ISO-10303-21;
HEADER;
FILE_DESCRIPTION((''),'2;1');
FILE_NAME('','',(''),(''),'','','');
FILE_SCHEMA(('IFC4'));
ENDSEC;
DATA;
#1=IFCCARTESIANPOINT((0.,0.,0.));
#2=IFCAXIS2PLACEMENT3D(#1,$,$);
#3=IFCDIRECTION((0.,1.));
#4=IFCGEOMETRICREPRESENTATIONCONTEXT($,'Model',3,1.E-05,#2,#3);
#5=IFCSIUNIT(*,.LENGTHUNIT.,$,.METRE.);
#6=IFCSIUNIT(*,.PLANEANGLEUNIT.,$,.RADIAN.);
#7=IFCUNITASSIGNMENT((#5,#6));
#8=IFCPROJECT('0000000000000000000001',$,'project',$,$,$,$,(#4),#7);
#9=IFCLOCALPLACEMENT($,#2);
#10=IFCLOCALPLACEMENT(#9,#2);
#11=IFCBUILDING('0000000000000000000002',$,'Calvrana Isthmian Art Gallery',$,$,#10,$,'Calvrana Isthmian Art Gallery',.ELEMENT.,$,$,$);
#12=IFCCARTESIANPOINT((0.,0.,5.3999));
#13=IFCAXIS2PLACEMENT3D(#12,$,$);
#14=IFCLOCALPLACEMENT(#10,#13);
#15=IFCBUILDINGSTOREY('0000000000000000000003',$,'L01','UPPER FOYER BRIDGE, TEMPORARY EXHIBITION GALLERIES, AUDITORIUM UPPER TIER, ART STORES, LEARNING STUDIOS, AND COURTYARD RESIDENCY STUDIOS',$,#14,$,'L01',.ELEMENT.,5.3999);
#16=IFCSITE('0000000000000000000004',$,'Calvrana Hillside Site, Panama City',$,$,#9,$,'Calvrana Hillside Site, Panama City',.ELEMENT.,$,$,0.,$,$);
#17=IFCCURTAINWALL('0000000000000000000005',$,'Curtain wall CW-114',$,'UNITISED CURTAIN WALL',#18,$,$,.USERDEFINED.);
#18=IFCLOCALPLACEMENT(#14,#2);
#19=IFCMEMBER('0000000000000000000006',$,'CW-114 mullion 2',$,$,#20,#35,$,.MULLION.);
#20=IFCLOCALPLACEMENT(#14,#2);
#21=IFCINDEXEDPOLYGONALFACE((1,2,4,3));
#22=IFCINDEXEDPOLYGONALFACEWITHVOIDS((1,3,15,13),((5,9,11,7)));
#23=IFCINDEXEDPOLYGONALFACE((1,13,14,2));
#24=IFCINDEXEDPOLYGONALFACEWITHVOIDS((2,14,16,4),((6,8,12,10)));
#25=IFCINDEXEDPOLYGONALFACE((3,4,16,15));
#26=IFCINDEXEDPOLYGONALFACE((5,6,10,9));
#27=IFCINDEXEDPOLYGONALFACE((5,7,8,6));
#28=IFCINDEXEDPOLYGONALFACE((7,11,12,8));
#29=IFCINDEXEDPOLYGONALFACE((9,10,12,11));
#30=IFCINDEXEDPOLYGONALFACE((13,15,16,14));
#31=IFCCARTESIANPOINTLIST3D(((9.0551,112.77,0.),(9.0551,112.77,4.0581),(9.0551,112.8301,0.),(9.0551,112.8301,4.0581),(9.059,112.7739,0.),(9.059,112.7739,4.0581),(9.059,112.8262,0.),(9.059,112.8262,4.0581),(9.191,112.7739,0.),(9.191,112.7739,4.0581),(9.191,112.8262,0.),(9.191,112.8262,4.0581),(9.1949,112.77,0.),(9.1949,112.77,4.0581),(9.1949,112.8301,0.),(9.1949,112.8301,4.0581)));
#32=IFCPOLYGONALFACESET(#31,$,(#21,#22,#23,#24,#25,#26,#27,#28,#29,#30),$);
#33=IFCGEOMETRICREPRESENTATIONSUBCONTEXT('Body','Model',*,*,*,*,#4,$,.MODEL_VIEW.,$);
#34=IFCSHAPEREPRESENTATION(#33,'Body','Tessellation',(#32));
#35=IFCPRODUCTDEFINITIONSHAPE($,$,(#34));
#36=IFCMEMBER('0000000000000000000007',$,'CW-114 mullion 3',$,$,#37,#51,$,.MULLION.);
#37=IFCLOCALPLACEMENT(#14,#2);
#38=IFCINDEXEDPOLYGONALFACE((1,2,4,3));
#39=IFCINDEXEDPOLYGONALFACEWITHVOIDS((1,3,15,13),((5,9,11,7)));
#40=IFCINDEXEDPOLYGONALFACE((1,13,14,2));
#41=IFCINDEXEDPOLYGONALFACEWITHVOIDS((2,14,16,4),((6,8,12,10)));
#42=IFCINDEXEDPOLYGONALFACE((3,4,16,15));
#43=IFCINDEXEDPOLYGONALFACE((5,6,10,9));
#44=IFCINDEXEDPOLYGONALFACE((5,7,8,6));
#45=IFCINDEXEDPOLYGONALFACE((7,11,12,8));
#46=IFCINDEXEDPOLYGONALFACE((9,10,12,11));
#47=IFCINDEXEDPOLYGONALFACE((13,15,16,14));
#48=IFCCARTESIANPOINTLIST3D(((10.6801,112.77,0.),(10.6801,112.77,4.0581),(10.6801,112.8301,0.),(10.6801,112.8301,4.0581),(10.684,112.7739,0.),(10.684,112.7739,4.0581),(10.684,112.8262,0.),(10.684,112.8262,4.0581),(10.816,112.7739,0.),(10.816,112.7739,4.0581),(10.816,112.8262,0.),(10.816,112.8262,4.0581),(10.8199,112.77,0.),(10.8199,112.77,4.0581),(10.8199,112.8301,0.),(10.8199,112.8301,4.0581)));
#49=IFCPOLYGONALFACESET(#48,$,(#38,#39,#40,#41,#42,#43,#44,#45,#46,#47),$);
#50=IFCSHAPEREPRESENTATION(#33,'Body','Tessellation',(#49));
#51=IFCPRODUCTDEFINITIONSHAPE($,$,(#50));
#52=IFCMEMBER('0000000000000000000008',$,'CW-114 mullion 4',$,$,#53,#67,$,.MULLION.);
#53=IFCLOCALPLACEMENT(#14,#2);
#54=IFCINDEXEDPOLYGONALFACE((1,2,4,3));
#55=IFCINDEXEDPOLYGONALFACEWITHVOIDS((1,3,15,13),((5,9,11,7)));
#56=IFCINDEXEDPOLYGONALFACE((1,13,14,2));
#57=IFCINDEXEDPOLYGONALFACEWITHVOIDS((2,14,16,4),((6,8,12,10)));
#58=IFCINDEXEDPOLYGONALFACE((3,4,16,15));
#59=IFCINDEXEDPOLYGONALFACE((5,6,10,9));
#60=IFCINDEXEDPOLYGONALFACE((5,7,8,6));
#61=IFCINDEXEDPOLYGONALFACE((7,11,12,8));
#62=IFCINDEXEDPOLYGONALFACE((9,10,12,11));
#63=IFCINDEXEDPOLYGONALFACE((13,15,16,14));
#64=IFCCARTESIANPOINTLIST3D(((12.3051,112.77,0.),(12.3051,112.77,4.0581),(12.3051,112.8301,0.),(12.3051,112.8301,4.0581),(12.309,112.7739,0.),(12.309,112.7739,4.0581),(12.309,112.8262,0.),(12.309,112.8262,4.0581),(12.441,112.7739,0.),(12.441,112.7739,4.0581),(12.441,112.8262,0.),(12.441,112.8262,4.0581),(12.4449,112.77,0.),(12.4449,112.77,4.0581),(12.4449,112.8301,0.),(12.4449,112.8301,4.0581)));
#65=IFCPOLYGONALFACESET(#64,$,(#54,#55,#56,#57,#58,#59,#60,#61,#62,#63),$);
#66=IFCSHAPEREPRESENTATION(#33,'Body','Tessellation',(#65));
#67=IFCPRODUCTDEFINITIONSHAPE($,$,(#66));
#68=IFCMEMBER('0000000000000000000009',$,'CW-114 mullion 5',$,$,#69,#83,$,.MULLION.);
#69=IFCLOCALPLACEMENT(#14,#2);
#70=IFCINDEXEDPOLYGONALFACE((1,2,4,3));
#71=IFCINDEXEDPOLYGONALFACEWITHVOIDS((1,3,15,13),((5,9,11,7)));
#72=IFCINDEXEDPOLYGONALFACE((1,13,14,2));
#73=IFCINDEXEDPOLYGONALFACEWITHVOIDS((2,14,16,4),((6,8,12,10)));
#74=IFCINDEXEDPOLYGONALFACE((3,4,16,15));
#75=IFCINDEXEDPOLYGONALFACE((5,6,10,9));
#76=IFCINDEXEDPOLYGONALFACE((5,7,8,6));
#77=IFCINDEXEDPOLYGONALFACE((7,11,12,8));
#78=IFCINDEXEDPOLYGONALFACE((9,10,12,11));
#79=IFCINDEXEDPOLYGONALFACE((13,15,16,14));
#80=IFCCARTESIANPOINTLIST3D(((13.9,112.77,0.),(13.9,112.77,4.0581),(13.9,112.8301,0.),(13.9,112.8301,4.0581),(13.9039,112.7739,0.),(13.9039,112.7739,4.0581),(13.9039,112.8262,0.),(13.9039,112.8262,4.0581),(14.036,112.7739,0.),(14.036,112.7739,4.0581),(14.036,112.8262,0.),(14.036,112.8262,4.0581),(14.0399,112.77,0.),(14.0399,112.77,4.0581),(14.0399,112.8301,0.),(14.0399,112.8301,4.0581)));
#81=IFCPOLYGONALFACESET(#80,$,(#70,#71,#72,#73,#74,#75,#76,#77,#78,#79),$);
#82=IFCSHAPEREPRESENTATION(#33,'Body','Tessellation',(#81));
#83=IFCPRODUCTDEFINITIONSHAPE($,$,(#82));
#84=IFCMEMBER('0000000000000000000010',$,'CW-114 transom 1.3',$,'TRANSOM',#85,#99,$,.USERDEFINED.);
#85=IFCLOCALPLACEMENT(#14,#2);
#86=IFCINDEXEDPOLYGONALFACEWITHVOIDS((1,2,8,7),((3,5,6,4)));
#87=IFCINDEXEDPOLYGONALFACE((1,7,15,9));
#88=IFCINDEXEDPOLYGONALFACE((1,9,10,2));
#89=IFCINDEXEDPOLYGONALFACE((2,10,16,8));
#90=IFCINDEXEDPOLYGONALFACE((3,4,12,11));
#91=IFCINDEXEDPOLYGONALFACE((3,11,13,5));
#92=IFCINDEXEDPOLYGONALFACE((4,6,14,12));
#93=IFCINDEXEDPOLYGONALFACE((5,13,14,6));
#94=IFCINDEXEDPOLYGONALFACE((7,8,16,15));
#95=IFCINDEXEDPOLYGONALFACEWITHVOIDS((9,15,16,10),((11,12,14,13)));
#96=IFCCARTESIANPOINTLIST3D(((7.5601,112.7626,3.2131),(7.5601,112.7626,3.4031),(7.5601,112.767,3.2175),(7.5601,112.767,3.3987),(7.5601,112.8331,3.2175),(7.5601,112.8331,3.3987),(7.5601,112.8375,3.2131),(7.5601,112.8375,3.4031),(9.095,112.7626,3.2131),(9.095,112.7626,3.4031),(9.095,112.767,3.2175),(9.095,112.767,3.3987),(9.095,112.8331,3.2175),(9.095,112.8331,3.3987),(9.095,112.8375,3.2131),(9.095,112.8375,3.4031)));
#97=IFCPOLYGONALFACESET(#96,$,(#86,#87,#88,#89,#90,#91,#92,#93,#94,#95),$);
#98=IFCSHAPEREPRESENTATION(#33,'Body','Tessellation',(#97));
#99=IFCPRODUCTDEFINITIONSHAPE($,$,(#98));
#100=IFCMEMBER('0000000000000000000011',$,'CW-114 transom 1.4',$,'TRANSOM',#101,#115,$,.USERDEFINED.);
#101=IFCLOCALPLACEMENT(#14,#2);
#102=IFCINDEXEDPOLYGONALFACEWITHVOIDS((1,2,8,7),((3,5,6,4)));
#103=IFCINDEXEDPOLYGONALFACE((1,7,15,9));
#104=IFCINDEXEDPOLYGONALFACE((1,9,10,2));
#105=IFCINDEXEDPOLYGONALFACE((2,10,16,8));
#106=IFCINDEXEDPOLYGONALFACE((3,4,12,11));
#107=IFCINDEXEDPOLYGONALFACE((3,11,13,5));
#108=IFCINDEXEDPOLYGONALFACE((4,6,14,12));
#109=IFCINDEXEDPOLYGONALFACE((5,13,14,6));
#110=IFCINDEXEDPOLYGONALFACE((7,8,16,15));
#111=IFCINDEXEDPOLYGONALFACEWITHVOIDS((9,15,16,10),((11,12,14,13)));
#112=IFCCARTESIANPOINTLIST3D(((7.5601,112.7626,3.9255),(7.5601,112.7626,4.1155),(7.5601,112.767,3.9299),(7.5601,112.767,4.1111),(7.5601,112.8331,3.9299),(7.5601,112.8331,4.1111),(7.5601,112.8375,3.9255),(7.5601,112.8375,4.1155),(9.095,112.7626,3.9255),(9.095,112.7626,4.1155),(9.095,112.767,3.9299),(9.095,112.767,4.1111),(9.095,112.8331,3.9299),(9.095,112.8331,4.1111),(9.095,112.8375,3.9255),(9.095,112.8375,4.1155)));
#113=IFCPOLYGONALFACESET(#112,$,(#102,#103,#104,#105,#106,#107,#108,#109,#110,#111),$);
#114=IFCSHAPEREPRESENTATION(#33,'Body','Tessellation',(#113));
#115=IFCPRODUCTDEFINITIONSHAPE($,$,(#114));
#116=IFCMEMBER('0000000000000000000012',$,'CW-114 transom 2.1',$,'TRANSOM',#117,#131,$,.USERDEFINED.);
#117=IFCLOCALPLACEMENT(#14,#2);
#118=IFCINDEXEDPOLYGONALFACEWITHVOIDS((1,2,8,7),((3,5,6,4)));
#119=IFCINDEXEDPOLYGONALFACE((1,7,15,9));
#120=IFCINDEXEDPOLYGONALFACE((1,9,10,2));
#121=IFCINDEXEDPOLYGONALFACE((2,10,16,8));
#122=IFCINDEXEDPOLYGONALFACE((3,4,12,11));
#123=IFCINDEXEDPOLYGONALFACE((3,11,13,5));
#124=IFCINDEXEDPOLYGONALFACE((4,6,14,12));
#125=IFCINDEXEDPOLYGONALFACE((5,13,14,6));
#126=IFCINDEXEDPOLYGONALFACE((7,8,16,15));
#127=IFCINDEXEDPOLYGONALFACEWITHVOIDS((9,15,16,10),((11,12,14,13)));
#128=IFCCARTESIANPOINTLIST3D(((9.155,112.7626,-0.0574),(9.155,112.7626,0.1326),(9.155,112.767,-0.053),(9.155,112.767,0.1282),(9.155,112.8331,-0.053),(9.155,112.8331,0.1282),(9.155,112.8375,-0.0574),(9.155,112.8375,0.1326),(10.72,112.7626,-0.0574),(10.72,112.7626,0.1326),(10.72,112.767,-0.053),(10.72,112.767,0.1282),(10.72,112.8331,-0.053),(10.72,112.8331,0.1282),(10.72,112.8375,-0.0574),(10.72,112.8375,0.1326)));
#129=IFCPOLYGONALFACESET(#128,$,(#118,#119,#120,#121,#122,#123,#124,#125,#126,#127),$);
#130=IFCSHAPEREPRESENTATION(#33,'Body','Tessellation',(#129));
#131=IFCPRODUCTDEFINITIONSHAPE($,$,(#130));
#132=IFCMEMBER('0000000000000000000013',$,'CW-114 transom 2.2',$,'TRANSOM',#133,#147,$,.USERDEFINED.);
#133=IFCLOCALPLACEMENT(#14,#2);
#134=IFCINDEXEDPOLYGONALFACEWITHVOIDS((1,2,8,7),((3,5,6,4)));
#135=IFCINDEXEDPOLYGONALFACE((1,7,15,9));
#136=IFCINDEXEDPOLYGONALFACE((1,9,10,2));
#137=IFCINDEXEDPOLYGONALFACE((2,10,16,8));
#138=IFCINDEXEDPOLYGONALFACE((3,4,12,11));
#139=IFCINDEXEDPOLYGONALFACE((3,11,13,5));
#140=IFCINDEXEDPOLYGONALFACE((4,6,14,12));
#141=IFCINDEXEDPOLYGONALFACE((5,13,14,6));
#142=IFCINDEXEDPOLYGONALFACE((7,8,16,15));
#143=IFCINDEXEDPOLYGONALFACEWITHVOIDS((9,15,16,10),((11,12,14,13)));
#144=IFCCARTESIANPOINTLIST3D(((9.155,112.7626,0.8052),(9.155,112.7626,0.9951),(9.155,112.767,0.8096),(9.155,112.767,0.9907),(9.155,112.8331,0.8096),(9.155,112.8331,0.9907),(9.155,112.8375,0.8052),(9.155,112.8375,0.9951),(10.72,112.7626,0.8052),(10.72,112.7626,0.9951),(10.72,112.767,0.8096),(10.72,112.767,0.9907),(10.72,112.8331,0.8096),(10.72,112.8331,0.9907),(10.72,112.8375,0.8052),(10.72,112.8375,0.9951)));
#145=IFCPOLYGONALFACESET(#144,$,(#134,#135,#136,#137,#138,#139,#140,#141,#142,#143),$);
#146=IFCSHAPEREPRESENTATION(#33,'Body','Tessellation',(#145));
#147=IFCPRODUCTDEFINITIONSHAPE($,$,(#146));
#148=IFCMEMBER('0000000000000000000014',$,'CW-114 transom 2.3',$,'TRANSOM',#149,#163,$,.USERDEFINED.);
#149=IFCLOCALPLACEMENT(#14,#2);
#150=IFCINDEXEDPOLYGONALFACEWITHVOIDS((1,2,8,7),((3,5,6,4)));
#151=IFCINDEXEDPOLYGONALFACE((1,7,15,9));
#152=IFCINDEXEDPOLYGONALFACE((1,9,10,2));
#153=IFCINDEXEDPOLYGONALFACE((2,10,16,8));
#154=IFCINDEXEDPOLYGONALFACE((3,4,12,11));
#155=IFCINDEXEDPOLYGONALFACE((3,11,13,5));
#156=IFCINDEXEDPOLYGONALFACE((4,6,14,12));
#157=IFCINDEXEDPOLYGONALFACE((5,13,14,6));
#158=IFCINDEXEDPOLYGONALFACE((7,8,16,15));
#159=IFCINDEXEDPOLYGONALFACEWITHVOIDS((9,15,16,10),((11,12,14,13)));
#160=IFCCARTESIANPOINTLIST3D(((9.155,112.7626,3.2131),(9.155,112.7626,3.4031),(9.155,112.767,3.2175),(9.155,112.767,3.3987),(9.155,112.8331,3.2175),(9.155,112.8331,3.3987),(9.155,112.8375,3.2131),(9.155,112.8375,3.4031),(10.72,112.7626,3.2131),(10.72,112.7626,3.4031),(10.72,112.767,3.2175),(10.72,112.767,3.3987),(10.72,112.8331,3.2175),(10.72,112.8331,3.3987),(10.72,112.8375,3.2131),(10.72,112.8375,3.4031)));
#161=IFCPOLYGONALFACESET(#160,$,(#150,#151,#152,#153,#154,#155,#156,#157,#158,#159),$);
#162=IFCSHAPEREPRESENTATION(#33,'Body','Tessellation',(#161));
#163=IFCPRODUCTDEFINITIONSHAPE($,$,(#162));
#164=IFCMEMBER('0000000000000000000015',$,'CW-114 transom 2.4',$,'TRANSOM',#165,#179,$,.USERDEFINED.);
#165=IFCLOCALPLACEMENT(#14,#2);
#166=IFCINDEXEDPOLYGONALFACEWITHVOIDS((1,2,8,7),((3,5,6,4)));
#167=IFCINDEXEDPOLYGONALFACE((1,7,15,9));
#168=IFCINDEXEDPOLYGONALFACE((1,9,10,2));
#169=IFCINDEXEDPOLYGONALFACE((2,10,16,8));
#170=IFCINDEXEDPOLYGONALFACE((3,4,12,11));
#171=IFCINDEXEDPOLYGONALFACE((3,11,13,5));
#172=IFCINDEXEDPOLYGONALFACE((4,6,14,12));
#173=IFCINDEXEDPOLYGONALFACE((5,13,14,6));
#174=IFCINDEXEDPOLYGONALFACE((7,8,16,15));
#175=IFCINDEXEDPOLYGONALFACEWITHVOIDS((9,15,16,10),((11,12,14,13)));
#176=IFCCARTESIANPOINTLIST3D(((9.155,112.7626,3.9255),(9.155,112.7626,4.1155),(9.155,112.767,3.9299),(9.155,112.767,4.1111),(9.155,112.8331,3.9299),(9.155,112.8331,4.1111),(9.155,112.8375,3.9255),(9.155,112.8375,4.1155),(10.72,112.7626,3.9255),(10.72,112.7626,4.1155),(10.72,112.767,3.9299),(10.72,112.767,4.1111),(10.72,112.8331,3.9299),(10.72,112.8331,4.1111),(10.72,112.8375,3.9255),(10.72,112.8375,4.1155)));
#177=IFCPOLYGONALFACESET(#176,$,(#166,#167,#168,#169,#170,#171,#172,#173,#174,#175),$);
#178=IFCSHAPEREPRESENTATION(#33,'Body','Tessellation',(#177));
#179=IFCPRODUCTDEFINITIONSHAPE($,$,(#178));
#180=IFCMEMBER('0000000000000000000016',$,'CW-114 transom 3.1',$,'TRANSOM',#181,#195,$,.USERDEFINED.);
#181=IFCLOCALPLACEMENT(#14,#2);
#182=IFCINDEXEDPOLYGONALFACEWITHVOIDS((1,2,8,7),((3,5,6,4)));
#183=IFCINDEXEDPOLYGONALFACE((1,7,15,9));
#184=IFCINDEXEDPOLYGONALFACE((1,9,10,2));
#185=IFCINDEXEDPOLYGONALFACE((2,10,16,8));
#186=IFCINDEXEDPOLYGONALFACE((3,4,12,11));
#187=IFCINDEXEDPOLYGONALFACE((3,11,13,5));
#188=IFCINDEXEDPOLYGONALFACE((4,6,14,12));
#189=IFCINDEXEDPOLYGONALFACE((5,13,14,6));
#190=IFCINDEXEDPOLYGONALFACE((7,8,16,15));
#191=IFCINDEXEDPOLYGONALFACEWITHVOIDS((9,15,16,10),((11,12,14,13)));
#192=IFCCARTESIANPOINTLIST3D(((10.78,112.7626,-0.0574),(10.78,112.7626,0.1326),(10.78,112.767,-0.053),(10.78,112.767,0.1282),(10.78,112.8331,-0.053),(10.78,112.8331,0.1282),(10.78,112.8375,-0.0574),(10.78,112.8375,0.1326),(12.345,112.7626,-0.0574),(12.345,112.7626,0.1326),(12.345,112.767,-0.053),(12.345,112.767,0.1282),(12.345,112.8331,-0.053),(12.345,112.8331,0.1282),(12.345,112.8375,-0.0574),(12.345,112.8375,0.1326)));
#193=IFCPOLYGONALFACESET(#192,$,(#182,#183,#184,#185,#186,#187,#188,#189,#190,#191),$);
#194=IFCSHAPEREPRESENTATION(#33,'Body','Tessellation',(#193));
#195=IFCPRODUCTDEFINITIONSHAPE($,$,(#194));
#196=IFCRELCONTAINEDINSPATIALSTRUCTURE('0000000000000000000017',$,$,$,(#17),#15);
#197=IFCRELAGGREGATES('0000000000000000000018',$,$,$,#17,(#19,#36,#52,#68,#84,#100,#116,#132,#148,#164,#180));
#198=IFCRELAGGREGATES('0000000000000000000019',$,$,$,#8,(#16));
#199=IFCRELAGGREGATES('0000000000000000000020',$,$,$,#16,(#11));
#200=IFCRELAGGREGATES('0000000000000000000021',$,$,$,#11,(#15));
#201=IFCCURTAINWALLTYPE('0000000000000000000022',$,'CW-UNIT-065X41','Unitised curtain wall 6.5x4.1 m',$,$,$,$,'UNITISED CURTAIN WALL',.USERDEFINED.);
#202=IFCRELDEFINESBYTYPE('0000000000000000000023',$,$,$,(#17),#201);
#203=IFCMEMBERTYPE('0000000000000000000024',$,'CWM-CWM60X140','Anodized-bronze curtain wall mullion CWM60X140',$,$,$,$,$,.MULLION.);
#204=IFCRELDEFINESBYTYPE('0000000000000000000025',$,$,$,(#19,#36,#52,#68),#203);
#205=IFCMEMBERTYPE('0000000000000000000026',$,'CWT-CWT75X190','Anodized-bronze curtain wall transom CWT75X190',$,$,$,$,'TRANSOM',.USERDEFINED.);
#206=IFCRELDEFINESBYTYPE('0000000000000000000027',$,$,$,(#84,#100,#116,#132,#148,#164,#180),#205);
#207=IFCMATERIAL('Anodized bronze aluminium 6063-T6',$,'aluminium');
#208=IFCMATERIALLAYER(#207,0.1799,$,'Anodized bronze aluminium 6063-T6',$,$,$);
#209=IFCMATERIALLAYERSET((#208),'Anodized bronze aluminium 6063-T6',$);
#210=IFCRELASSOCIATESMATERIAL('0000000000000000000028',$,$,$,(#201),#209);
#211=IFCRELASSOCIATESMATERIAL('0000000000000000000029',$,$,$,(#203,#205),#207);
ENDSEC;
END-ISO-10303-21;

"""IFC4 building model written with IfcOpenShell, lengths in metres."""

from ifc_helpers import new_model, si_unit, direction, frame, origin, origin_2d, place, context, subcontext, project, spatial, hollow_rectangle, extrude, material, layer, layer_set, material_profile, profile_set, type_object, element, aggregate, save


model = new_model("IFC4")

# Units and contexts
model_context = context("Model", 3, precision=1e-05, world=origin(), true_north=direction((0.0, 1.0)))
body_context = subcontext(model_context, "Body", "Model", "MODEL_VIEW")
ifc_project = project(units=[si_unit("LENGTHUNIT", "METRE"), si_unit("PLANEANGLEUNIT", "RADIAN")], contexts=[model_context])

# Site, building, storey
site_placement = place(None, origin())
site = spatial("IfcSite", under=ifc_project, at=site_placement, Name="Calvrana Hillside Site, Panama City", LongName="Calvrana Hillside Site, Panama City", CompositionType="ELEMENT", RefElevation=0.0)
building_placement = place(site_placement, origin())
building = spatial("IfcBuilding", under=site, at=building_placement, Name="Calvrana Isthmian Art Gallery", LongName="Calvrana Isthmian Art Gallery", CompositionType="ELEMENT")
storey_placement = place(building_placement, frame((0.0, 0.0, 5.3999)))
storey = spatial("IfcBuildingStorey", under=building, at=storey_placement, Name="L01", Description="UPPER FOYER BRIDGE, TEMPORARY EXHIBITION GALLERIES, AUDITORIUM UPPER TIER, ART STORES, LEARNING STUDIOS, AND COURTYARD RESIDENCY STUDIOS", LongName="L01", CompositionType="ELEMENT", Elevation=5.3999)

# Curtain wall, members
ifc_material_1 = material(Name="Anodized bronze aluminium 6063-T6", Category="aluminium")
ifc_layer_1 = layer(ifc_material_1, 0.1799, Name="Anodized bronze aluminium 6063-T6")
ifc_layer_set_1 = layer_set([ifc_layer_1], Name="Anodized bronze aluminium 6063-T6")
curtain_wall_type = type_object("IfcCurtainWallType", Name="CW-UNIT-065X41", Description="Unitised curtain wall 6.5x4.1 m", ElementType="UNITISED CURTAIN WALL", PredefinedType="USERDEFINED", material=ifc_layer_set_1)
curtain_wall_placement = place(storey_placement, origin())
curtain_wall = element("IfcCurtainWall", 1, at=curtain_wall_placement, inside=storey, type_object=curtain_wall_type, Name="Curtain wall CW-114", ObjectType="UNITISED CURTAIN WALL", PredefinedType="USERDEFINED")
ifc_material_profile_1 = material_profile(ifc_material_1, hollow_rectangle(XDim=0.0601, YDim=0.1399, WallThickness=0.0039, at=origin_2d()), Name="CWM60X140")
ifc_profile_set_1 = profile_set([ifc_material_profile_1], Name="Anodized bronze aluminium 6063-T6")
member_type_1 = type_object("IfcMemberType", Name="CWM-CWM60X140", Description="Anodized-bronze curtain wall mullion CWM60X140", PredefinedType="MULLION", material=ifc_profile_set_1)
member_1_placement = place(storey_placement, frame((9.125, 112.8, 0.0), z_axis=(0.0, 0.0, 1.0), x_axis=(0.0, 1.0, 0.0)))
member_1 = element("IfcMember", 2, at=member_1_placement, type_object=member_type_1, Name="CW-114 mullion 2", PredefinedType="MULLION", context=body_context, shape_type="SweptSolid", body=[
    extrude(hollow_rectangle(XDim=0.0601, YDim=0.1399, WallThickness=0.0039, at=origin_2d()), origin(), (0.0, 0.0, 1.0), 4.0581),
])
member_2_placement = place(storey_placement, frame((10.75, 112.8, 0.0), z_axis=(0.0, 0.0, 1.0), x_axis=(0.0, 1.0, 0.0)))
member_2 = element("IfcMember", 3, at=member_2_placement, type_object=member_type_1, Name="CW-114 mullion 3", PredefinedType="MULLION", context=body_context, shape_type="SweptSolid", body=[
    extrude(hollow_rectangle(XDim=0.0601, YDim=0.1399, WallThickness=0.0039, at=origin_2d()), origin(), (0.0, 0.0, 1.0), 4.0581),
])
member_3_placement = place(storey_placement, frame((12.375, 112.8, 0.0), z_axis=(0.0, 0.0, 1.0), x_axis=(0.0, 1.0, 0.0)))
member_3 = element("IfcMember", 4, at=member_3_placement, type_object=member_type_1, Name="CW-114 mullion 4", PredefinedType="MULLION", context=body_context, shape_type="SweptSolid", body=[
    extrude(hollow_rectangle(XDim=0.0601, YDim=0.1399, WallThickness=0.0039, at=origin_2d()), origin(), (0.0, 0.0, 1.0), 4.0581),
])
member_4_placement = place(storey_placement, frame((13.97, 112.8, 0.0), z_axis=(0.0, 0.0, 1.0), x_axis=(0.0, 1.0, 0.0)))
member_4 = element("IfcMember", 5, at=member_4_placement, type_object=member_type_1, Name="CW-114 mullion 5", PredefinedType="MULLION", context=body_context, shape_type="SweptSolid", body=[
    extrude(hollow_rectangle(XDim=0.0601, YDim=0.1399, WallThickness=0.0039, at=origin_2d()), origin(), (0.0, 0.0, 1.0), 4.0581),
])
ifc_material_profile_2 = material_profile(ifc_material_1, hollow_rectangle(XDim=0.075, YDim=0.1899, WallThickness=0.0044, at=origin_2d()), Name="CWT75X190")
ifc_profile_set_2 = profile_set([ifc_material_profile_2], Name="Anodized bronze aluminium 6063-T6")
member_type_2 = type_object("IfcMemberType", Name="CWT-CWT75X190", Description="Anodized-bronze curtain wall transom CWT75X190", ElementType="TRANSOM", PredefinedType="USERDEFINED", material=ifc_profile_set_2)
member_5_placement = place(storey_placement, frame((7.5601, 112.8, 3.3081), z_axis=(1.0, 0.0, 0.0), x_axis=(0.0, 1.0, 0.0)))
member_5 = element("IfcMember", 6, at=member_5_placement, type_object=member_type_2, Name="CW-114 transom 1.3", ObjectType="TRANSOM", PredefinedType="USERDEFINED", context=body_context, shape_type="SweptSolid", body=[
    extrude(hollow_rectangle(XDim=0.075, YDim=0.1899, WallThickness=0.0044, at=origin_2d()), origin(), (0.0, 0.0, 1.0), 1.5349),
])
member_6_placement = place(storey_placement, frame((7.5601, 112.8, 4.0205), z_axis=(1.0, 0.0, 0.0), x_axis=(0.0, 1.0, 0.0)))
member_6 = element("IfcMember", 7, at=member_6_placement, type_object=member_type_2, Name="CW-114 transom 1.4", ObjectType="TRANSOM", PredefinedType="USERDEFINED", context=body_context, shape_type="SweptSolid", body=[
    extrude(hollow_rectangle(XDim=0.075, YDim=0.1899, WallThickness=0.0044, at=origin_2d()), origin(), (0.0, 0.0, 1.0), 1.5349),
])
member_7_placement = place(storey_placement, frame((9.155, 112.8, 0.0376), z_axis=(1.0, 0.0, 0.0), x_axis=(0.0, 1.0, 0.0)))
member_7 = element("IfcMember", 8, at=member_7_placement, type_object=member_type_2, Name="CW-114 transom 2.1", ObjectType="TRANSOM", PredefinedType="USERDEFINED", context=body_context, shape_type="SweptSolid", body=[
    extrude(hollow_rectangle(XDim=0.075, YDim=0.1899, WallThickness=0.0044, at=origin_2d()), origin(), (0.0, 0.0, 1.0), 1.5649),
])
member_8_placement = place(storey_placement, frame((9.155, 112.8, 0.9001), z_axis=(1.0, 0.0, 0.0), x_axis=(0.0, 1.0, 0.0)))
member_8 = element("IfcMember", 9, at=member_8_placement, type_object=member_type_2, Name="CW-114 transom 2.2", ObjectType="TRANSOM", PredefinedType="USERDEFINED", context=body_context, shape_type="SweptSolid", body=[
    extrude(hollow_rectangle(XDim=0.075, YDim=0.1899, WallThickness=0.0044, at=origin_2d()), origin(), (0.0, 0.0, 1.0), 1.5649),
])
member_9_placement = place(storey_placement, frame((9.155, 112.8, 3.3081), z_axis=(1.0, 0.0, 0.0), x_axis=(0.0, 1.0, 0.0)))
member_9 = element("IfcMember", 10, at=member_9_placement, type_object=member_type_2, Name="CW-114 transom 2.3", ObjectType="TRANSOM", PredefinedType="USERDEFINED", context=body_context, shape_type="SweptSolid", body=[
    extrude(hollow_rectangle(XDim=0.075, YDim=0.1899, WallThickness=0.0044, at=origin_2d()), origin(), (0.0, 0.0, 1.0), 1.5649),
])
member_10_placement = place(storey_placement, frame((9.155, 112.8, 4.0205), z_axis=(1.0, 0.0, 0.0), x_axis=(0.0, 1.0, 0.0)))
member_10 = element("IfcMember", 11, at=member_10_placement, type_object=member_type_2, Name="CW-114 transom 2.4", ObjectType="TRANSOM", PredefinedType="USERDEFINED", context=body_context, shape_type="SweptSolid", body=[
    extrude(hollow_rectangle(XDim=0.075, YDim=0.1899, WallThickness=0.0044, at=origin_2d()), origin(), (0.0, 0.0, 1.0), 1.5649),
])
member_11_placement = place(storey_placement, frame((10.78, 112.8, 0.0376), z_axis=(1.0, 0.0, 0.0), x_axis=(0.0, 1.0, 0.0)))
member_11 = element("IfcMember", 12, at=member_11_placement, type_object=member_type_2, Name="CW-114 transom 3.1", ObjectType="TRANSOM", PredefinedType="USERDEFINED", context=body_context, shape_type="SweptSolid", body=[
    extrude(hollow_rectangle(XDim=0.075, YDim=0.1899, WallThickness=0.0044, at=origin_2d()), origin(), (0.0, 0.0, 1.0), 1.5649),
])
aggregate(curtain_wall, [member_1, member_2, member_3, member_4, member_5, member_6, member_7, member_8, member_9, member_10, member_11])

save(model, "model.ifc")
